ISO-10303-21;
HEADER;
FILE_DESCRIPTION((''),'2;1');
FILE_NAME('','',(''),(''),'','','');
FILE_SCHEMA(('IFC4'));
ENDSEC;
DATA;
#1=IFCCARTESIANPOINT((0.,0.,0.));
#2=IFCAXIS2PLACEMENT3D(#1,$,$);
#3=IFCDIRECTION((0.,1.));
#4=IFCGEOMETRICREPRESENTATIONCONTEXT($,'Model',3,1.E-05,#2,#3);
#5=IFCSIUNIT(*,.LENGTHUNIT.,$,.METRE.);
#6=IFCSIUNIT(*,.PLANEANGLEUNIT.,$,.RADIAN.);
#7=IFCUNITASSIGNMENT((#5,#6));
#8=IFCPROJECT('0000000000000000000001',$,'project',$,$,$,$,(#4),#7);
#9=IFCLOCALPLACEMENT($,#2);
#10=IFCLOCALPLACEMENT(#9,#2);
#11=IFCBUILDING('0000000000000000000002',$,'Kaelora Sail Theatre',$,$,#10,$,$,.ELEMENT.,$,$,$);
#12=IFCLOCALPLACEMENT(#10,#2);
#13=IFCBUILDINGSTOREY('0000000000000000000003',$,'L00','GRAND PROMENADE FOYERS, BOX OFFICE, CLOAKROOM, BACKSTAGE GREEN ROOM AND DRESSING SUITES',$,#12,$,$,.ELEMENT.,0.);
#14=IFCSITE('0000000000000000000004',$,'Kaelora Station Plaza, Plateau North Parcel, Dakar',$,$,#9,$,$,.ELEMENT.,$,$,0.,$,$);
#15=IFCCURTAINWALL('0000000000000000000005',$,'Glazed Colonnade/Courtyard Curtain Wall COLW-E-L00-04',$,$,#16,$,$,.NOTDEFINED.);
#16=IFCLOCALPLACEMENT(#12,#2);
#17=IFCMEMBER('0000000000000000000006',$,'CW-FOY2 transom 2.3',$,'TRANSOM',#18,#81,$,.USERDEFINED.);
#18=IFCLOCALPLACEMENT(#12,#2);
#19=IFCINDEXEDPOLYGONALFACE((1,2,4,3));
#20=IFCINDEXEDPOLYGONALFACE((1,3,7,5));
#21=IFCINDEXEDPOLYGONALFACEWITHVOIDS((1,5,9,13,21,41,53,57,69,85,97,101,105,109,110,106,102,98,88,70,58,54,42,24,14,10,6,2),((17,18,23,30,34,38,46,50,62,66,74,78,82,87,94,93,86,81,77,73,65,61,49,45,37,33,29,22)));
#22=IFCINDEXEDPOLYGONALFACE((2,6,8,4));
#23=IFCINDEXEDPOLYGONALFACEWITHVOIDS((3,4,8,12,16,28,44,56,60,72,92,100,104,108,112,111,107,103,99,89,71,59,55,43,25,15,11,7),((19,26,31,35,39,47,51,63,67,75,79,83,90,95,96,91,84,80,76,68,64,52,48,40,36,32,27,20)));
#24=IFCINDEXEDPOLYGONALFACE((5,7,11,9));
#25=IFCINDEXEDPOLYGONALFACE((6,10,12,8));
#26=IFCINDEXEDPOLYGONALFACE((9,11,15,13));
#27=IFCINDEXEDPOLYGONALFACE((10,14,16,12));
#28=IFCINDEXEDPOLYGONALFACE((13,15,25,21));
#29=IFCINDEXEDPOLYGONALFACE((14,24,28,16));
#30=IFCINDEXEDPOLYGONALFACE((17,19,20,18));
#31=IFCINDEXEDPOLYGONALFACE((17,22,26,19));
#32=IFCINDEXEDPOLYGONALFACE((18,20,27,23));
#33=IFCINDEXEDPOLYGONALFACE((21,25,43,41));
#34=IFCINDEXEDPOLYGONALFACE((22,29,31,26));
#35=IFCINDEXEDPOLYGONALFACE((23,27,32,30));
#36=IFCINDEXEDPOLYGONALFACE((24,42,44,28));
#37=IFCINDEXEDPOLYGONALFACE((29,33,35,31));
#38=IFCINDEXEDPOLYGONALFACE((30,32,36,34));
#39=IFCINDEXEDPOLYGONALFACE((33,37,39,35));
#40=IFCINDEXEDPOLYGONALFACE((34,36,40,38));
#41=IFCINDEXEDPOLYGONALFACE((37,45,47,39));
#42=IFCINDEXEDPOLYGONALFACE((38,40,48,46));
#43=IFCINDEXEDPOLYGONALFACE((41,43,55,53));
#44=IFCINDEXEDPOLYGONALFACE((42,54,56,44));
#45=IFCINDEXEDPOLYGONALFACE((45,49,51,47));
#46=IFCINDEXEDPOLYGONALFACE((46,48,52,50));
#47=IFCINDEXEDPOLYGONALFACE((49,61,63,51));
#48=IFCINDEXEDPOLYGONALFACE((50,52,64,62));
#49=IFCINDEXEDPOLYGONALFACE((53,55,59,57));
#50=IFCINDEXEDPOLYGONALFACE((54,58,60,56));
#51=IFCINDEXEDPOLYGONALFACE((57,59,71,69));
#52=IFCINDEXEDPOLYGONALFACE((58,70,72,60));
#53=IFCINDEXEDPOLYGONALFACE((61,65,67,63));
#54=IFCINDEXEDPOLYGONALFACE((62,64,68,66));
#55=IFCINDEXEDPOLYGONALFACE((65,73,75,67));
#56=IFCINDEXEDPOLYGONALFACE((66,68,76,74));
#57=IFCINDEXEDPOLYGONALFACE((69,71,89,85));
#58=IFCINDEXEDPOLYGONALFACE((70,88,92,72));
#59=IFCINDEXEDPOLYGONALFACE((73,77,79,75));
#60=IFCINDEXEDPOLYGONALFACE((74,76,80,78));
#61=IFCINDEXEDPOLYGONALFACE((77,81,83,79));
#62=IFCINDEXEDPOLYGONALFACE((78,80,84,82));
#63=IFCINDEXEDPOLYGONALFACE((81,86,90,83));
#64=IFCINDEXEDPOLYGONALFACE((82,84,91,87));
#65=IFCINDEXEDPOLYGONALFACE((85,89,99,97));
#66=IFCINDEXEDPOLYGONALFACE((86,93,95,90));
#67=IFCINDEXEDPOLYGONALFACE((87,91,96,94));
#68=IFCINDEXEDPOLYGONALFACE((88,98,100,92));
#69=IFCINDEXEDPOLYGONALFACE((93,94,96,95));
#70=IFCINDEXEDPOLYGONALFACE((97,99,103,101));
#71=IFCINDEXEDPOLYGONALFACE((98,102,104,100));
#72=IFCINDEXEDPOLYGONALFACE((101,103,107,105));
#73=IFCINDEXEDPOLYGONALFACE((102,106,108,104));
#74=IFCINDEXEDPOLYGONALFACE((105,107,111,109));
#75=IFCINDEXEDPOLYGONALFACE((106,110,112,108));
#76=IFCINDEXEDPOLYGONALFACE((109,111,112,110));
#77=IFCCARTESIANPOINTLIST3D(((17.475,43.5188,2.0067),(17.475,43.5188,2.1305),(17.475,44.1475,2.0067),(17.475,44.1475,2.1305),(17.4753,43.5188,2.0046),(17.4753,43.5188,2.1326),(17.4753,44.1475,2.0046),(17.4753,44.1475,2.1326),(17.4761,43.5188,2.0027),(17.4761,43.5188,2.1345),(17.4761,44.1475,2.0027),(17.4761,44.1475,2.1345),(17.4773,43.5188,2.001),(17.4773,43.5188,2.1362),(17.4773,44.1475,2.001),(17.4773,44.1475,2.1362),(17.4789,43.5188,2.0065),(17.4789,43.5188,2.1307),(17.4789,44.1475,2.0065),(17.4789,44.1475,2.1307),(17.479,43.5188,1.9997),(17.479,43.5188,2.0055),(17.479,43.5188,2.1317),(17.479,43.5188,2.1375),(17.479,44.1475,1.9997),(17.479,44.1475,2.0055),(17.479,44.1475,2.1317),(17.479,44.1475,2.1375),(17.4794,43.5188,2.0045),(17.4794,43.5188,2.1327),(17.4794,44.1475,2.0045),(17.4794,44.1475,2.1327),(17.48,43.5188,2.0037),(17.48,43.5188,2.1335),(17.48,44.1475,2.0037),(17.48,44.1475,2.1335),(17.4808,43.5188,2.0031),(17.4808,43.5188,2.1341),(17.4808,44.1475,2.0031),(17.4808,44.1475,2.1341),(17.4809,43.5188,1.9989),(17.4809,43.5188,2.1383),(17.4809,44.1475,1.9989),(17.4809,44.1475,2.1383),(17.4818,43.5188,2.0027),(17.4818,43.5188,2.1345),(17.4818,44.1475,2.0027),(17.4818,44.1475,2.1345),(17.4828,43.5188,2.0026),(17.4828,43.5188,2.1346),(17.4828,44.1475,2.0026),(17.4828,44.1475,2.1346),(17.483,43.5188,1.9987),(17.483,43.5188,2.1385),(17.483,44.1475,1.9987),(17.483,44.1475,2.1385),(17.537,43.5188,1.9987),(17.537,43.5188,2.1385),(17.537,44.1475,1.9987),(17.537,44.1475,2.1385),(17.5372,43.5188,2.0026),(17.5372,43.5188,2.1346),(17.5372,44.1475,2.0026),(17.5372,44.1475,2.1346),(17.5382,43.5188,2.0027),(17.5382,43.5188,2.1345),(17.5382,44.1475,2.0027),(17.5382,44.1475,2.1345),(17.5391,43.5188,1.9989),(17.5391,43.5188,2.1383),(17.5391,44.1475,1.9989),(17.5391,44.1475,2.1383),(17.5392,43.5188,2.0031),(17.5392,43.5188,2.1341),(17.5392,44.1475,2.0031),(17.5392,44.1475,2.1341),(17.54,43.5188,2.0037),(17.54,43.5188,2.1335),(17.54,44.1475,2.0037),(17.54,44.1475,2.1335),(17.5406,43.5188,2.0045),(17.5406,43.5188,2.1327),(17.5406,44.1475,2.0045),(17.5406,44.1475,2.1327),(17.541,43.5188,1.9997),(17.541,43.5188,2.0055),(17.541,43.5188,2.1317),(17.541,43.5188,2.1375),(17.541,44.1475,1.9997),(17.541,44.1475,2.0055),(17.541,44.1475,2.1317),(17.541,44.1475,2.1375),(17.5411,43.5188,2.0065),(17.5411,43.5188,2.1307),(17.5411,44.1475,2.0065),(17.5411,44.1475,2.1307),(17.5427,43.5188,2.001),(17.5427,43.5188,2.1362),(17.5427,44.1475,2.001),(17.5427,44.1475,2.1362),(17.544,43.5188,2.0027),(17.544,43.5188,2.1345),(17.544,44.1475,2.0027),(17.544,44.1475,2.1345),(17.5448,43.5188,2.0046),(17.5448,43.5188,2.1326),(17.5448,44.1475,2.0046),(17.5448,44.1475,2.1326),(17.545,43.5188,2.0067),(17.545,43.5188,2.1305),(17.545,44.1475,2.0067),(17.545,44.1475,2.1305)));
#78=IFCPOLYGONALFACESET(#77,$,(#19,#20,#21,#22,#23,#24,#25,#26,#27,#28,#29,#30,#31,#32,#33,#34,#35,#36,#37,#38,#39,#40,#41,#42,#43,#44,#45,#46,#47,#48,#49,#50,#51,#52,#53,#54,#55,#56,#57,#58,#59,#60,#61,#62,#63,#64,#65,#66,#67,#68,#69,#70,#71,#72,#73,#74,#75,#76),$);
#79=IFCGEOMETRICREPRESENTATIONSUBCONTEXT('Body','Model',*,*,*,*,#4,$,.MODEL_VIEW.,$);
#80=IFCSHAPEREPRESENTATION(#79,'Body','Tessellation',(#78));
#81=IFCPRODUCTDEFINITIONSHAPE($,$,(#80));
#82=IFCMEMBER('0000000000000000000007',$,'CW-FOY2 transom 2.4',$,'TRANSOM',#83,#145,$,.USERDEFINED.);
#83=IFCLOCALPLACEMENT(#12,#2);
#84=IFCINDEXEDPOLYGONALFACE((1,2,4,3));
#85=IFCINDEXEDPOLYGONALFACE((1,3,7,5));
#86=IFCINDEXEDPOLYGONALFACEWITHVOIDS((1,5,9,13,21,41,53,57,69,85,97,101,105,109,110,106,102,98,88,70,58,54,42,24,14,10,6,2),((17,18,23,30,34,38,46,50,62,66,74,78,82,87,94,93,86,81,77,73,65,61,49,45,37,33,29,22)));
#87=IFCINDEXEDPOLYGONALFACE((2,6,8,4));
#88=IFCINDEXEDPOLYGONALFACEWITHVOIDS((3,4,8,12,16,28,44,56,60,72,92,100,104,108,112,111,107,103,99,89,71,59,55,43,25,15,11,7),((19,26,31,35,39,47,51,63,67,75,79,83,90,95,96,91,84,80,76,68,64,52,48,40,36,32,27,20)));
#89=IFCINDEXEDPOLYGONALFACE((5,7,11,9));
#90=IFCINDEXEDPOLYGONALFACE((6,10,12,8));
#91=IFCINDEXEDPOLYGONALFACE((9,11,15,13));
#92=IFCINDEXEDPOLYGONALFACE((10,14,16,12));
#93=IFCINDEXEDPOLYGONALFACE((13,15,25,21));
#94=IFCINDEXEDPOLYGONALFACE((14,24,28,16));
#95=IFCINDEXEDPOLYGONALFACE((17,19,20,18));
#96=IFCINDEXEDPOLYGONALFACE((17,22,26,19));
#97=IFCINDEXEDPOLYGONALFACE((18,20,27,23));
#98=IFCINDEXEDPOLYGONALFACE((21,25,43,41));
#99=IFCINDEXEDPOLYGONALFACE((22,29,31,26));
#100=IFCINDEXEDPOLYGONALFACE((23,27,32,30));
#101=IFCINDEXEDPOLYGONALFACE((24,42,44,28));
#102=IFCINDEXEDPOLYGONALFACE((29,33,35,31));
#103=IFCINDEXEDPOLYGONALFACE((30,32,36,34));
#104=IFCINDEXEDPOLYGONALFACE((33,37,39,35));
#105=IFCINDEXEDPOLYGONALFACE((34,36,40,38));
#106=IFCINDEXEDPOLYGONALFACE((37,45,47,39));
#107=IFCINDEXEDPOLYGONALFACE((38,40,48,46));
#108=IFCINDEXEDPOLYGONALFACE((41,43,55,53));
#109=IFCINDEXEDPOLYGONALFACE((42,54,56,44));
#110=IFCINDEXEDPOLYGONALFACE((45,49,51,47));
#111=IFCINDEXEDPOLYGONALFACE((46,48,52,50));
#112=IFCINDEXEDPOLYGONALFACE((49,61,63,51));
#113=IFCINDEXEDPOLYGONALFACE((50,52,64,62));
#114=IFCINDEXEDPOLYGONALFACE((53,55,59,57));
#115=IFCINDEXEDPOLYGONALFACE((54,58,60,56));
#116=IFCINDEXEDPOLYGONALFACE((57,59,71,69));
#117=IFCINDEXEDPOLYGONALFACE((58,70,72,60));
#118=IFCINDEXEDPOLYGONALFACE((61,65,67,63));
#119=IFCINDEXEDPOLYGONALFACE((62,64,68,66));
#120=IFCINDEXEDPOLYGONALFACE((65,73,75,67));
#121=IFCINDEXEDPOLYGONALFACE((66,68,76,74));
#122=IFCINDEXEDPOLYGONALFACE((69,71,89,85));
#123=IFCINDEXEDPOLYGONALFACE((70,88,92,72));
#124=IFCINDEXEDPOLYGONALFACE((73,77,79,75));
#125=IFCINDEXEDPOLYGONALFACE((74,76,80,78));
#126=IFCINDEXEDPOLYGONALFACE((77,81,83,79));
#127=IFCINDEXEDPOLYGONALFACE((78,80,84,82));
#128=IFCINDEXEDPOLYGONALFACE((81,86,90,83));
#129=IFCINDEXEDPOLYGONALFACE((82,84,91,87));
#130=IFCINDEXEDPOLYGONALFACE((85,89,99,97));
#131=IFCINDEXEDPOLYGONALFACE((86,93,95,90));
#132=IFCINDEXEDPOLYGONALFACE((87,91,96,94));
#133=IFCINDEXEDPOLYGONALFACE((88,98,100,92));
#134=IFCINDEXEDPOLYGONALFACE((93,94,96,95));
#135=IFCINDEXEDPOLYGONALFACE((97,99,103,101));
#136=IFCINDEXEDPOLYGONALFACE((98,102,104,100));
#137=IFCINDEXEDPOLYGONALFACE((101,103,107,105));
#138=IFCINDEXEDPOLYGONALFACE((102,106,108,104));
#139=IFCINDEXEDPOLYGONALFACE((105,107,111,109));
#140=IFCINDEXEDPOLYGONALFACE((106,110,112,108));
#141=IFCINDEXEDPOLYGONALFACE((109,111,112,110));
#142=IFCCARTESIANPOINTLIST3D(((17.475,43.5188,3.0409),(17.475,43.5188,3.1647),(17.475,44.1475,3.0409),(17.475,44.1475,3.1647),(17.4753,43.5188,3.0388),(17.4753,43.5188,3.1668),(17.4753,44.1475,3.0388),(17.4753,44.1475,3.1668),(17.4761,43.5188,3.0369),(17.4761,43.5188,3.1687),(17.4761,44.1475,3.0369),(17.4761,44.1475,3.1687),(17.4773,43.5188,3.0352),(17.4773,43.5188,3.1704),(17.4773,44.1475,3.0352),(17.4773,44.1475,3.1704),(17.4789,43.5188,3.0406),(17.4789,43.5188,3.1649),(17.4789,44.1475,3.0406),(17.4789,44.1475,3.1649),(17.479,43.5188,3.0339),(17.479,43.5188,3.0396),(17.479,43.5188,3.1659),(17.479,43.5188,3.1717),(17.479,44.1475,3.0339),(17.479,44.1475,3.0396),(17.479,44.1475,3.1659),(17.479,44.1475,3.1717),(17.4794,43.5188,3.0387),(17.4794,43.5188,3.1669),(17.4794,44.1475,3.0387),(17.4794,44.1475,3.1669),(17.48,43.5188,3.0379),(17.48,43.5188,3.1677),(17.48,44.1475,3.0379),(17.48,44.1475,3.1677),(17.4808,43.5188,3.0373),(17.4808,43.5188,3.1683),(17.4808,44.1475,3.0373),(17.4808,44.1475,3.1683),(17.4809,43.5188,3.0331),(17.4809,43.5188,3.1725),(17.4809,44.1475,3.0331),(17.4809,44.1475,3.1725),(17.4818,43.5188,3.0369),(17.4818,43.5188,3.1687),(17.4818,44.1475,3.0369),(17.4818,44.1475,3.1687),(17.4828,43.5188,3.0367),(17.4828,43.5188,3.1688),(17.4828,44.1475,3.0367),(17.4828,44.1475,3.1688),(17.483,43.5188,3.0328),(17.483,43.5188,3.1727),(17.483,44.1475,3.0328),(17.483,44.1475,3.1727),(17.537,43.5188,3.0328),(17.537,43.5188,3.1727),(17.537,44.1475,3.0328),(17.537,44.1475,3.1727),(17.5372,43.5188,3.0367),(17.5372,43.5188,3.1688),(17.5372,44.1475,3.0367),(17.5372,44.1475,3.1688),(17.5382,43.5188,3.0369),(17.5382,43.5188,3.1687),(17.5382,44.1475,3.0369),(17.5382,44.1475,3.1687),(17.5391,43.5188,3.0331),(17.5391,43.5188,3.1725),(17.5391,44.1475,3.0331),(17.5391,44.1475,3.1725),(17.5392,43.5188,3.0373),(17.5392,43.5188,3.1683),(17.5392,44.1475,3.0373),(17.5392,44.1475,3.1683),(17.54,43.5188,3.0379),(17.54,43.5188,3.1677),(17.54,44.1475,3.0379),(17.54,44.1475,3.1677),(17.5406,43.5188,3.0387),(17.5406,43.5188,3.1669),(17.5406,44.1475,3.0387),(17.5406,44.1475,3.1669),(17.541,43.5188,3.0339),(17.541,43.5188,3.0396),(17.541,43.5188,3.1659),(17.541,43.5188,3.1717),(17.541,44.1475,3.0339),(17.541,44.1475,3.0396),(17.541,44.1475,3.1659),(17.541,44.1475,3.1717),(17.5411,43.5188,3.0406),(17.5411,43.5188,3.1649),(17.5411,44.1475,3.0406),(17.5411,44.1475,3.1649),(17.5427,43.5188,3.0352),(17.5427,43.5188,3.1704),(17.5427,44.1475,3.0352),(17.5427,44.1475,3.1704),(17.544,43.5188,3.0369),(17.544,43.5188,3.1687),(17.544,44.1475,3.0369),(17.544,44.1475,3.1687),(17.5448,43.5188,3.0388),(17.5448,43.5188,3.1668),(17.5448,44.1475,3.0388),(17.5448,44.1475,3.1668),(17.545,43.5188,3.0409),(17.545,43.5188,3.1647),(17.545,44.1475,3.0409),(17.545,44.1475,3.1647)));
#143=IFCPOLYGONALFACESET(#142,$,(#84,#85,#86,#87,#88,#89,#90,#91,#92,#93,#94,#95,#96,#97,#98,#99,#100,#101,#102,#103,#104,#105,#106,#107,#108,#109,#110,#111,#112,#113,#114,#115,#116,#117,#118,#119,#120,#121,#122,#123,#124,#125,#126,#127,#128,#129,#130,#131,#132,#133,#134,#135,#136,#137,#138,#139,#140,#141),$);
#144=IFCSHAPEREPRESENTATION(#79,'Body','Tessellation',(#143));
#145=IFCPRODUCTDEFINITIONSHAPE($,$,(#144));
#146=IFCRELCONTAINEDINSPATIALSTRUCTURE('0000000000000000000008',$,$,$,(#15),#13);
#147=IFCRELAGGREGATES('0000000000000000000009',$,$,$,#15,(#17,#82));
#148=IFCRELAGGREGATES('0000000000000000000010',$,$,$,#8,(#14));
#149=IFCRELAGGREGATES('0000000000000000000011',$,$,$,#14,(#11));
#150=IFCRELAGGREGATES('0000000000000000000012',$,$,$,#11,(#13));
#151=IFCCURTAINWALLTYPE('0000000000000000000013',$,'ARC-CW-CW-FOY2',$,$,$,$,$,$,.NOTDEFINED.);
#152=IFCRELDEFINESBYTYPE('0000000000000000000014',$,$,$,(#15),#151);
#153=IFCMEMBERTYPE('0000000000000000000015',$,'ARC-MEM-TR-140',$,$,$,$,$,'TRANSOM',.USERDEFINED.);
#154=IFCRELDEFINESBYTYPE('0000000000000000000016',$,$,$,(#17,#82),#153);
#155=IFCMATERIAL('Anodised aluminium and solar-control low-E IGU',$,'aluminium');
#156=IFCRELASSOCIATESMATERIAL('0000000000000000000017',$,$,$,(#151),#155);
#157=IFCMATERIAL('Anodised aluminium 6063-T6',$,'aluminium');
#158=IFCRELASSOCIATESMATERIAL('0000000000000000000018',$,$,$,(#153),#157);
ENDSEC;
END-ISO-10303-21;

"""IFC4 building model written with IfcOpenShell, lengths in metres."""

from ifc_helpers import new_model, si_unit, direction, frame, origin, origin_2d, place, context, subcontext, project, spatial, hollow_rectangle, extrude, material, material_profile, profile_set, type_object, element, aggregate, save


model = new_model("IFC4")

# Units and contexts
model_context = context("Model", 3, precision=1e-05, world=origin(), true_north=direction((0.0, 1.0)))
body_context = subcontext(model_context, "Body", "Model", "MODEL_VIEW")
ifc_project = project(units=[si_unit("LENGTHUNIT", "METRE"), si_unit("PLANEANGLEUNIT", "RADIAN")], contexts=[model_context])

# Site, building, storey
site_placement = place(None, origin())
site = spatial("IfcSite", under=ifc_project, at=site_placement, Name="Kaelora Station Plaza, Plateau North Parcel, Dakar", CompositionType="ELEMENT", RefElevation=0.0)
building_placement = place(site_placement, origin())
building = spatial("IfcBuilding", under=site, at=building_placement, Name="Kaelora Sail Theatre", CompositionType="ELEMENT")
storey_placement = place(building_placement, origin())
storey = spatial("IfcBuildingStorey", under=building, at=storey_placement, Name="L00", Description="GRAND PROMENADE FOYERS, BOX OFFICE, CLOAKROOM, BACKSTAGE GREEN ROOM AND DRESSING SUITES", CompositionType="ELEMENT", Elevation=0.0)

# Curtain wall, members
ifc_material_1 = material(Name="Anodised aluminium and solar-control low-E IGU", Category="aluminium")
curtain_wall_type = type_object("IfcCurtainWallType", Name="ARC-CW-CW-FOY2", PredefinedType="NOTDEFINED", material=ifc_material_1)
curtain_wall_1_placement = place(storey_placement, origin())
curtain_wall_1 = element("IfcCurtainWall", 1, at=curtain_wall_1_placement, inside=storey, type_object=curtain_wall_type, Name="Glazed Colonnade/Courtyard Curtain Wall COLW-E-L00-04", PredefinedType="NOTDEFINED")
ifc_material_2 = material(Name="Anodised aluminium 6063-T6", Category="aluminium")
ifc_material_profile = material_profile(ifc_material_2, hollow_rectangle(XDim=0.0701, YDim=0.1399, WallThickness=0.0039, InnerFilletRadius=0.0039, OuterFilletRadius=0.0081, at=origin_2d()), Name="ALU-TRAN 70x140x4")
ifc_profile_set = profile_set([ifc_material_profile], Name="Anodised aluminium 6063-T6")
member_type = type_object("IfcMemberType", Name="ARC-MEM-TR-140", ElementType="TRANSOM", PredefinedType="USERDEFINED", material=ifc_profile_set)
member_1_placement = place(storey_placement, frame((17.51, 43.5188, 2.0686), z_axis=(0.0, 1.0, 0.0), x_axis=(-1.0, 0.0, 0.0)))
member_1 = element("IfcMember", 2, at=member_1_placement, type_object=member_type, Name="CW-FOY2 transom 2.3", ObjectType="TRANSOM", PredefinedType="USERDEFINED", context=body_context, shape_type="SweptSolid", body=[
    extrude(hollow_rectangle(XDim=0.0701, YDim=0.1399, WallThickness=0.0039, InnerFilletRadius=0.0039, OuterFilletRadius=0.0081, at=origin_2d()), origin(), (0.0, 0.0, 1.0), 0.6287),
])
member_2_placement = place(storey_placement, frame((17.51, 43.5188, 3.1028), z_axis=(0.0, 1.0, 0.0), x_axis=(-1.0, 0.0, 0.0)))
member_2 = element("IfcMember", 3, at=member_2_placement, type_object=member_type, Name="CW-FOY2 transom 2.4", ObjectType="TRANSOM", PredefinedType="USERDEFINED", context=body_context, shape_type="SweptSolid", body=[
    extrude(hollow_rectangle(XDim=0.0701, YDim=0.1399, WallThickness=0.0039, InnerFilletRadius=0.0039, OuterFilletRadius=0.0081, at=origin_2d()), origin(), (0.0, 0.0, 1.0), 0.6287),
])

aggregate(curtain_wall_1, [member_1, member_2])

save(model, "model.ifc")
